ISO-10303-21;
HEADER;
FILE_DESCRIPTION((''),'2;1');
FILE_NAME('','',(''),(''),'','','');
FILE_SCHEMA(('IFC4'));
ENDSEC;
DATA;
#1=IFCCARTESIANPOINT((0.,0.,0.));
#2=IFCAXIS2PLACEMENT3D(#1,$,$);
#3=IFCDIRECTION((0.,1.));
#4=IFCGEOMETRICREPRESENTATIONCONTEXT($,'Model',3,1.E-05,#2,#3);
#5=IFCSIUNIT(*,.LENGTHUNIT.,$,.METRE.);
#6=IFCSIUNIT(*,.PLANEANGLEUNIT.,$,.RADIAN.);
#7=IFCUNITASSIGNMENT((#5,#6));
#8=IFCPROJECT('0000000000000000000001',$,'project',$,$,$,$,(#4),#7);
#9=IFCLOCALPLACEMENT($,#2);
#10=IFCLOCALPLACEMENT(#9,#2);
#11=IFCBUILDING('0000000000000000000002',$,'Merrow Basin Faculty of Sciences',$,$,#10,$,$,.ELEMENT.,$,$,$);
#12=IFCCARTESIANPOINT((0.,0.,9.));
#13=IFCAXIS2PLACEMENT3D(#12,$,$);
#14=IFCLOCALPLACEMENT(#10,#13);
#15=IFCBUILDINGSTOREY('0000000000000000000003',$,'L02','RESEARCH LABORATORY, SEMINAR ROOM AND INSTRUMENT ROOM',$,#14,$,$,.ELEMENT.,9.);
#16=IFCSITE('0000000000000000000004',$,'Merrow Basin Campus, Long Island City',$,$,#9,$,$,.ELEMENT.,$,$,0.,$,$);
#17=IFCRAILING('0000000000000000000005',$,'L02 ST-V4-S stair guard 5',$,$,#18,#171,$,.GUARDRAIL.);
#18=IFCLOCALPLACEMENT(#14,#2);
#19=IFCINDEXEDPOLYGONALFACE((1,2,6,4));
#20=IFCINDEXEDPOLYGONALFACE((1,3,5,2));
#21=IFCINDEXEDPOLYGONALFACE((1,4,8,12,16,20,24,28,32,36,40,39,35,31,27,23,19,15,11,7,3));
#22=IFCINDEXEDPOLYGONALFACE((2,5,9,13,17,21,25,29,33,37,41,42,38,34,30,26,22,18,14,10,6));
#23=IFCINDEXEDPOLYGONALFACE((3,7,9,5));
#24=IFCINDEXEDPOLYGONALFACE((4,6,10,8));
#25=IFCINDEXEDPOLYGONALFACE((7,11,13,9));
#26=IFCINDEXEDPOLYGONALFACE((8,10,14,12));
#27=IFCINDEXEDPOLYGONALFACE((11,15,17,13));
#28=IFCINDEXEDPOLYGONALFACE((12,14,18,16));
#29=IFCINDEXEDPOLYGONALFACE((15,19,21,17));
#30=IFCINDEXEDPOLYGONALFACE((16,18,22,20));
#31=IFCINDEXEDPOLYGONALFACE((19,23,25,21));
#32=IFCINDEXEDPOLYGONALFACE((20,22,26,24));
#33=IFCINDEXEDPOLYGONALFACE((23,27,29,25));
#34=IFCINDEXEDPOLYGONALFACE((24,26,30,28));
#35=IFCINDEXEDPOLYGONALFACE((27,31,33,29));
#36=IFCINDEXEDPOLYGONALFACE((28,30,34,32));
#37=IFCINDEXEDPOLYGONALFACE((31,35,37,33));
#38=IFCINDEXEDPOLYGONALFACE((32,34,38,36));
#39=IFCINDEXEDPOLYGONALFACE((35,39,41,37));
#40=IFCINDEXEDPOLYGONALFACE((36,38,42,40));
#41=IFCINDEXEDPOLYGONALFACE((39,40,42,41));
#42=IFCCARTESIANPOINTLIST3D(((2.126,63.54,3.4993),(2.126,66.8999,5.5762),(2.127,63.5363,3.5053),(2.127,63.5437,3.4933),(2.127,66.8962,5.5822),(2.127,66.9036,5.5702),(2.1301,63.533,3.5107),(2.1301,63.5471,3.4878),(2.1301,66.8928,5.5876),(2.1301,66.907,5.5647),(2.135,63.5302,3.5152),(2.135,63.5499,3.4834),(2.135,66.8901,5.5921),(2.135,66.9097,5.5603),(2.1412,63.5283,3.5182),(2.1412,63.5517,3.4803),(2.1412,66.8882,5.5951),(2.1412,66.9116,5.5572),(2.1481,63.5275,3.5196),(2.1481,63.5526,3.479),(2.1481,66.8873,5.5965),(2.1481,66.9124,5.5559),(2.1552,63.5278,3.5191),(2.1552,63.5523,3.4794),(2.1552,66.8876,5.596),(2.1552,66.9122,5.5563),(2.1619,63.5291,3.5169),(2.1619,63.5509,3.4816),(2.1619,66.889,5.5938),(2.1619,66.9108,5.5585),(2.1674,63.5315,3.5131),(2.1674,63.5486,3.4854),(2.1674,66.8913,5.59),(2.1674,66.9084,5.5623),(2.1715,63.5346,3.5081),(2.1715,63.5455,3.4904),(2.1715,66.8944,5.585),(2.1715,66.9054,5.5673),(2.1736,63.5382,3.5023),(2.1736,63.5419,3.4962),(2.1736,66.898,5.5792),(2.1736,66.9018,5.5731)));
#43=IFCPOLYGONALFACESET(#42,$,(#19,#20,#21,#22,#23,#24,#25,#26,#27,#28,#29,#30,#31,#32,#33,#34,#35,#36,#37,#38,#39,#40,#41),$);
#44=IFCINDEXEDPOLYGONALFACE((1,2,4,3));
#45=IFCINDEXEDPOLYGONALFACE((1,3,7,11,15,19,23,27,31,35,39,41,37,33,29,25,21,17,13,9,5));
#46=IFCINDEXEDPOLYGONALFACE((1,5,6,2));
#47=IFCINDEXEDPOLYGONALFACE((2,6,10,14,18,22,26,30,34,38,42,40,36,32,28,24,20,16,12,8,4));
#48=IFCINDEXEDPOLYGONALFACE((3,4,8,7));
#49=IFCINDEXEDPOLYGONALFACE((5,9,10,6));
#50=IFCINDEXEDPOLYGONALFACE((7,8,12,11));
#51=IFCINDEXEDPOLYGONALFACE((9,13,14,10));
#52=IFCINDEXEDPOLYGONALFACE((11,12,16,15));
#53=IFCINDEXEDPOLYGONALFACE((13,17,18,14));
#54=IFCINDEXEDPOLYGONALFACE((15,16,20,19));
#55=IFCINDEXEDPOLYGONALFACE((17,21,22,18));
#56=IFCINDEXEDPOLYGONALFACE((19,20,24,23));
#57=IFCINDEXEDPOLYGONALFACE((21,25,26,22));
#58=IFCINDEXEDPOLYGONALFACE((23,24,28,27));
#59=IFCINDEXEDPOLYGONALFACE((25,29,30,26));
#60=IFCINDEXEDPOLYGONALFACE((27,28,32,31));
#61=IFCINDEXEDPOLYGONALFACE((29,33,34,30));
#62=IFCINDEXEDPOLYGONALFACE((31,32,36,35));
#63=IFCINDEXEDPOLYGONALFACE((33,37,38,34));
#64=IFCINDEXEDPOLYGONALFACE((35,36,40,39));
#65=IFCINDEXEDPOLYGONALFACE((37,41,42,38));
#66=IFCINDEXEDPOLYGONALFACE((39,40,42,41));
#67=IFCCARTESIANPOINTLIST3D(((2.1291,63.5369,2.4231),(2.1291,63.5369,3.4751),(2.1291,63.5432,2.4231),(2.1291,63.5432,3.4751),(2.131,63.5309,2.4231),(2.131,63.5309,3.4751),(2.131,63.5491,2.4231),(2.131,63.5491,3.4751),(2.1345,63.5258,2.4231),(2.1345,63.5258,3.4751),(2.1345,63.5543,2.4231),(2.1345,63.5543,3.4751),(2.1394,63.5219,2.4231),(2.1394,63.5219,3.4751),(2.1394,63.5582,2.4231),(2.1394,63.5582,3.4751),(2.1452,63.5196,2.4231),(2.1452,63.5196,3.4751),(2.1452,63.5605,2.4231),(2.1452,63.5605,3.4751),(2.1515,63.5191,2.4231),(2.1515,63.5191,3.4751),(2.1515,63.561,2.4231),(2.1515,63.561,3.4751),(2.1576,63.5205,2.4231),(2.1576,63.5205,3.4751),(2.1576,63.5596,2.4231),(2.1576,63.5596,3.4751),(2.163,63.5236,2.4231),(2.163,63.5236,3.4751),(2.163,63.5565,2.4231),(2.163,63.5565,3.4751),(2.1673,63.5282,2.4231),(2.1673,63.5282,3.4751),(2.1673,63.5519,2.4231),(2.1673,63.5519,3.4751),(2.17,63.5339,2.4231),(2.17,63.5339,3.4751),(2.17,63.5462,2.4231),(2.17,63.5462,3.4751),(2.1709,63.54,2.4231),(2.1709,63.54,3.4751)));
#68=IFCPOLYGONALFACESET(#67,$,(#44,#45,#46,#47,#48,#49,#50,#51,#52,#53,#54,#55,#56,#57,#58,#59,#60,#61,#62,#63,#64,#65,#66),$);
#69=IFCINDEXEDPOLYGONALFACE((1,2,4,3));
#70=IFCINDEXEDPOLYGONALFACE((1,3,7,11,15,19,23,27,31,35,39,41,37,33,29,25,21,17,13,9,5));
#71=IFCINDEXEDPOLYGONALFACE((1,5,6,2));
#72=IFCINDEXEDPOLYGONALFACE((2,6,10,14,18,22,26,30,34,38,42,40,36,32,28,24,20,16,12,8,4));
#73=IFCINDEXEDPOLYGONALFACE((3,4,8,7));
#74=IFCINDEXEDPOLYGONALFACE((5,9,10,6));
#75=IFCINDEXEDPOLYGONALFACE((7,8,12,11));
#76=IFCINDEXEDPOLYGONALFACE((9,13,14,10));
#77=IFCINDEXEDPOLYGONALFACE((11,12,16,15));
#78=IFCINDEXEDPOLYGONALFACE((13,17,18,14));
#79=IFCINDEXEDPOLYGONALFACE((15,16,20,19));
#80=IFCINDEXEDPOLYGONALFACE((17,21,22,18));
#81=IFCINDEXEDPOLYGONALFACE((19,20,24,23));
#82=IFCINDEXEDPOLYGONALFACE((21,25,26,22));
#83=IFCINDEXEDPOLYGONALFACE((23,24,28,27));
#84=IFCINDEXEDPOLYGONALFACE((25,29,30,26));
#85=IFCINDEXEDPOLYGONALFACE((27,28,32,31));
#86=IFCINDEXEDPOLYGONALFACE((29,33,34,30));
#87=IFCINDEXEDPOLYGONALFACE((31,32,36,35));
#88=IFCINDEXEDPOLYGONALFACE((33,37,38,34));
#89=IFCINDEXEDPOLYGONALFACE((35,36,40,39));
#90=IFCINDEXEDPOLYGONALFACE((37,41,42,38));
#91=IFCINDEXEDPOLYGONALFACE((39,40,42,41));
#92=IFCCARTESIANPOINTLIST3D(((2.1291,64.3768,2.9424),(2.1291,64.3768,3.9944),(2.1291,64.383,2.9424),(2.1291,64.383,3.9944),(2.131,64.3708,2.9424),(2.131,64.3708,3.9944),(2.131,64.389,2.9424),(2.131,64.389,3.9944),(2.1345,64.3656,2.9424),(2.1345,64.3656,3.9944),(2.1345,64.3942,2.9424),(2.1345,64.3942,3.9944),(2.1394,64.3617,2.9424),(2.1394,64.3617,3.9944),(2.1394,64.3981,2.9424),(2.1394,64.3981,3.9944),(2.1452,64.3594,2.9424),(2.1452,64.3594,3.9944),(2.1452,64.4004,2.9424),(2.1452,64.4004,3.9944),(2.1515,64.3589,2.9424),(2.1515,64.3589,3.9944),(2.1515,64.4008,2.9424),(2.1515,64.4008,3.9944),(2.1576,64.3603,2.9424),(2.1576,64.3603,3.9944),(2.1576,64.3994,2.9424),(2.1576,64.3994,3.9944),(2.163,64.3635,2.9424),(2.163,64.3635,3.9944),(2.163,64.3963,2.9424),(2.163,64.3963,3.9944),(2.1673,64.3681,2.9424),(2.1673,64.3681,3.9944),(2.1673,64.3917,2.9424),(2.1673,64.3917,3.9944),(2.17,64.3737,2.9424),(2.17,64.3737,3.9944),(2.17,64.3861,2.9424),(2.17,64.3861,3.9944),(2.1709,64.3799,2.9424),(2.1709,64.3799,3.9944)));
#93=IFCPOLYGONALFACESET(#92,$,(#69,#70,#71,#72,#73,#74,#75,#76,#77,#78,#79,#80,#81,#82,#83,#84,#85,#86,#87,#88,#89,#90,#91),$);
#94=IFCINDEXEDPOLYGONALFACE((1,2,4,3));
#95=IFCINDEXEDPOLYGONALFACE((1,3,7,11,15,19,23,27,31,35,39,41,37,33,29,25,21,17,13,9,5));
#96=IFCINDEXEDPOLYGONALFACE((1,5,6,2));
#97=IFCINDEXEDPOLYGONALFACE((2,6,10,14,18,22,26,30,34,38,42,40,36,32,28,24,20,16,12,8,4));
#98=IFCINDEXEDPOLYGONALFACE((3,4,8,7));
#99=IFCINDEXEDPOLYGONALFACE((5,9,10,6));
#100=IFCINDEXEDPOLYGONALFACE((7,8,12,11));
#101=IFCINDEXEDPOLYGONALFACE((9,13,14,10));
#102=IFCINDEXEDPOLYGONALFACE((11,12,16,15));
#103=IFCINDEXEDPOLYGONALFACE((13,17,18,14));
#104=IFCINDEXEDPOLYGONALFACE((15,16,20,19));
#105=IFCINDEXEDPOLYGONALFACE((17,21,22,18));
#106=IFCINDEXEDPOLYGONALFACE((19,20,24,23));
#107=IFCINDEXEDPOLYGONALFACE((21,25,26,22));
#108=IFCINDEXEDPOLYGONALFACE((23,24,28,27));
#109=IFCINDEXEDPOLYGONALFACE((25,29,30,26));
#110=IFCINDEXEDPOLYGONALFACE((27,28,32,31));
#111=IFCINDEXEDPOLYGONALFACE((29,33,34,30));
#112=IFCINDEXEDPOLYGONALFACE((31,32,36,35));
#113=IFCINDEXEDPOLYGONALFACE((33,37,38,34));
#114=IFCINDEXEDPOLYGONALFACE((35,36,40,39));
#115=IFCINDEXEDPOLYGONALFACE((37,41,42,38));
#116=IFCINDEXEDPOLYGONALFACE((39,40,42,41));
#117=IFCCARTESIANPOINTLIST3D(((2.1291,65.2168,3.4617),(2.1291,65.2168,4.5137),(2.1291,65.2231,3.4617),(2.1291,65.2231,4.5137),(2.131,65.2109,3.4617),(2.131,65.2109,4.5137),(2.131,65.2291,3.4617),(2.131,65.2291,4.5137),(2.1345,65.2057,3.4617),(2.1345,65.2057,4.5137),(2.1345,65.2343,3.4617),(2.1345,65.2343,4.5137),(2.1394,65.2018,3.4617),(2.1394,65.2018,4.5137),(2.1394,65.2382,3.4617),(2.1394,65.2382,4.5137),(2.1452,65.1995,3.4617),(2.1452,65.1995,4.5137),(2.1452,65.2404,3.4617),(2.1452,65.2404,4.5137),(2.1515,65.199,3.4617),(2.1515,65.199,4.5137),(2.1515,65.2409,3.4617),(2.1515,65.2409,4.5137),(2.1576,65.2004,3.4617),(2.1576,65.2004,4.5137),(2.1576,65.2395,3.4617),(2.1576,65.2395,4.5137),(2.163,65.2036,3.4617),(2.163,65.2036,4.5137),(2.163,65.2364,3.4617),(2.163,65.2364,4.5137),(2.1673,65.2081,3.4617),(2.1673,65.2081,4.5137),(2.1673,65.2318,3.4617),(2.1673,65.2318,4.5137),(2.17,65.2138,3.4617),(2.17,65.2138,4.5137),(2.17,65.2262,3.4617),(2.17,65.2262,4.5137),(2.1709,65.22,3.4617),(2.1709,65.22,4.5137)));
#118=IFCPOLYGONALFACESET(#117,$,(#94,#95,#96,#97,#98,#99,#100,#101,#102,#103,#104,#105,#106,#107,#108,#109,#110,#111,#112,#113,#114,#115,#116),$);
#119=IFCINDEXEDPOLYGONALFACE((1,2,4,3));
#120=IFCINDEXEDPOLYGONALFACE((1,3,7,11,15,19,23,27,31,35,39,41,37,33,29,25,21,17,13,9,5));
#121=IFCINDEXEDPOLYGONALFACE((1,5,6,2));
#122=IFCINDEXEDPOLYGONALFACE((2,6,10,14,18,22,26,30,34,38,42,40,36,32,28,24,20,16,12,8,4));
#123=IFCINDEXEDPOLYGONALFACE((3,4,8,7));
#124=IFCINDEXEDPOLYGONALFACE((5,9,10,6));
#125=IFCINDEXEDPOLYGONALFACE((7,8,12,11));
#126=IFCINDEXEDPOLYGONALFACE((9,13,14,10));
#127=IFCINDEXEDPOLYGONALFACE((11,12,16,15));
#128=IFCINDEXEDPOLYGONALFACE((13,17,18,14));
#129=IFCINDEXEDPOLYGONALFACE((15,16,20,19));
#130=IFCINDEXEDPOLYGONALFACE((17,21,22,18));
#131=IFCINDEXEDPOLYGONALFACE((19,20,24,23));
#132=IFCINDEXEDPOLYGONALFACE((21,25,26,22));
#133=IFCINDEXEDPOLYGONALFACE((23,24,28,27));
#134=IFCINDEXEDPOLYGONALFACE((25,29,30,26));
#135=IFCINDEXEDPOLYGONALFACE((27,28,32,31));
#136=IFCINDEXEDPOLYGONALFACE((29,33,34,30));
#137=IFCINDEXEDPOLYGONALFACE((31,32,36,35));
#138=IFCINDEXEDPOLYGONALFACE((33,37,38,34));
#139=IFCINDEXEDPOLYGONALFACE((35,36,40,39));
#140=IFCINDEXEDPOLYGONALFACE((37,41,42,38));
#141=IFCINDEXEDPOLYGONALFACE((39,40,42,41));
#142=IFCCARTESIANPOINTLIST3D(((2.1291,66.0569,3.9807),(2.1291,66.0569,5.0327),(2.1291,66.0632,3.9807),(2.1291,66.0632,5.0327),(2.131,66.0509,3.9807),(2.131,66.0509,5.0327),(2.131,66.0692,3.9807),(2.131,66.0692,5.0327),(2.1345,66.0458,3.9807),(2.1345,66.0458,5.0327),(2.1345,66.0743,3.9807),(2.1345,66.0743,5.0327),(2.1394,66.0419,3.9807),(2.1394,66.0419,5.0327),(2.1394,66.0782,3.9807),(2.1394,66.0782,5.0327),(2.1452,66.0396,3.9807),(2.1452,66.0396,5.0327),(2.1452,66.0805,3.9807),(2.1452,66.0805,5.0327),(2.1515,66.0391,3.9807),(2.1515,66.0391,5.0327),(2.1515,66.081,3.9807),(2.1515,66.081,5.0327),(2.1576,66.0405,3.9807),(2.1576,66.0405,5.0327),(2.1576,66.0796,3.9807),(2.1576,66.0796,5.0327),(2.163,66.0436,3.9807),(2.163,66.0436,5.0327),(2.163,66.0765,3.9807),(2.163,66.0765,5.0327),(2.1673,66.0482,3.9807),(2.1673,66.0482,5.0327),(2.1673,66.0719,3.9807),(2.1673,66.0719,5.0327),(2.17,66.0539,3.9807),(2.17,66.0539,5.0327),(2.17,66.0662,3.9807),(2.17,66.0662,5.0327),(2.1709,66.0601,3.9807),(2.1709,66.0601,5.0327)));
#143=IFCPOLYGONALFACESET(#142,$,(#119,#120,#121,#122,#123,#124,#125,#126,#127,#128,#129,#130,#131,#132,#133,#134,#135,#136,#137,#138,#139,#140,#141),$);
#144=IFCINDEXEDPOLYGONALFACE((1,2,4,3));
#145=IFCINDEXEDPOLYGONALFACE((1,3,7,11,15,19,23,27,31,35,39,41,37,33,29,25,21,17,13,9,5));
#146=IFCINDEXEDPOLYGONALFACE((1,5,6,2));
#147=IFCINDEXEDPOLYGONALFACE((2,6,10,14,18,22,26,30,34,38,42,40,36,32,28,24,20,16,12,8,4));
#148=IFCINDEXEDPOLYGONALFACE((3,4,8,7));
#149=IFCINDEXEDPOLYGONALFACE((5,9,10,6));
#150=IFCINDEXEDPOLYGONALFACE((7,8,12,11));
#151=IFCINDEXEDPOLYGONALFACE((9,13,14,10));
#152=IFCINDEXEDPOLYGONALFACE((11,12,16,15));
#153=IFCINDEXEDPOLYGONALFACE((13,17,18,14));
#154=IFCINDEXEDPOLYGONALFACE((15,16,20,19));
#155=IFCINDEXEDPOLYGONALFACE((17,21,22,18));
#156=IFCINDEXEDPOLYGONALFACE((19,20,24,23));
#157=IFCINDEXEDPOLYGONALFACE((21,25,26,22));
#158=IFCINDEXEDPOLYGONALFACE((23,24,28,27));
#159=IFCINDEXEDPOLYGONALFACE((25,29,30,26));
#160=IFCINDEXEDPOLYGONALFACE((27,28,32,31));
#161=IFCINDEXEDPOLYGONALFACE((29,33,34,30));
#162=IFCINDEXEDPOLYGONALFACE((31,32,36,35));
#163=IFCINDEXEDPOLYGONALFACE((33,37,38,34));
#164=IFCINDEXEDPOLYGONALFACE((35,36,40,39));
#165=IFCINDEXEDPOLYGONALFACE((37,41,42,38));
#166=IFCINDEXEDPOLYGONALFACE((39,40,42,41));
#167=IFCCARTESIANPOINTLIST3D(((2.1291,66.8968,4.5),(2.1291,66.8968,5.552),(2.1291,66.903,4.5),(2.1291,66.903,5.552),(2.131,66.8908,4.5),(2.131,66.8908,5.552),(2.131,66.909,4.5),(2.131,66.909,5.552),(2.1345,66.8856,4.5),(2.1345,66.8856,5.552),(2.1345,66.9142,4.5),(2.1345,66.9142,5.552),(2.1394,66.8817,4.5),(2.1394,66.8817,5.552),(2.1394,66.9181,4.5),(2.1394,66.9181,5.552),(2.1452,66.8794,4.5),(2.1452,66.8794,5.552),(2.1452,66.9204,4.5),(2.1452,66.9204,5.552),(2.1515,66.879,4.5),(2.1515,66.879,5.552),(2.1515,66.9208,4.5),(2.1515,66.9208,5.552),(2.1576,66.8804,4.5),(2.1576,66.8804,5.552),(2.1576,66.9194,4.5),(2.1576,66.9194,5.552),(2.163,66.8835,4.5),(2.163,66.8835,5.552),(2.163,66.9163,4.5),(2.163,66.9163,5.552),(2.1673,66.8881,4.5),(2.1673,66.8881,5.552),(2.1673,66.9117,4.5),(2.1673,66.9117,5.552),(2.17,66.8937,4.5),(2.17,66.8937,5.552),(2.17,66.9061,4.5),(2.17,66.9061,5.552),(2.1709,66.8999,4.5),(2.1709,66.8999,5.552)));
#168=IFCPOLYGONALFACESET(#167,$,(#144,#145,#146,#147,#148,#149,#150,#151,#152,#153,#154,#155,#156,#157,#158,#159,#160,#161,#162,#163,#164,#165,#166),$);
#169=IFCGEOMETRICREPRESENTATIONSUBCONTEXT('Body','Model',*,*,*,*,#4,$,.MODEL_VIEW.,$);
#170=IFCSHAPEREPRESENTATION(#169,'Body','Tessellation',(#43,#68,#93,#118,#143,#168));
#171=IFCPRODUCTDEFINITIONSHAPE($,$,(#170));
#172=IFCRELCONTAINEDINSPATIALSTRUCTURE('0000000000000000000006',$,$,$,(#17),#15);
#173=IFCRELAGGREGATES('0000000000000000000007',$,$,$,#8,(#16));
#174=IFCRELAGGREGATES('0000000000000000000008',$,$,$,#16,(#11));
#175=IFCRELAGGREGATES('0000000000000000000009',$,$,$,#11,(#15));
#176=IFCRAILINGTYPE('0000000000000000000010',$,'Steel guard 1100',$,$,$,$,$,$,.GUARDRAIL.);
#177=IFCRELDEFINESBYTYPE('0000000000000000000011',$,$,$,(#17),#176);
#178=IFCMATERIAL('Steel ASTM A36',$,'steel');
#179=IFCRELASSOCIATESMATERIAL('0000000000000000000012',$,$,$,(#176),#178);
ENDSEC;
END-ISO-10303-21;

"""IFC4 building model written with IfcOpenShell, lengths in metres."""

from ifc_helpers import new_model, si_unit, direction, frame, origin, origin_2d, place, context, subcontext, project, spatial, circle, extrude, material, type_object, element, save


model = new_model("IFC4")

# Units and contexts
model_context = context("Model", 3, precision=1e-05, world=origin(), true_north=direction((0.0, 1.0)))
body_context = subcontext(model_context, "Body", "Model", "MODEL_VIEW")
ifc_project = project(units=[si_unit("LENGTHUNIT", "METRE"), si_unit("PLANEANGLEUNIT", "RADIAN")], contexts=[model_context])

# Site, building, storey
site_placement = place(None, origin())
site = spatial("IfcSite", under=ifc_project, at=site_placement, Name="Merrow Basin Campus, Long Island City", CompositionType="ELEMENT", RefElevation=0.0)
building_placement = place(site_placement, origin())
building = spatial("IfcBuilding", under=site, at=building_placement, Name="Merrow Basin Faculty of Sciences", CompositionType="ELEMENT")
storey_placement = place(building_placement, frame((0.0, 0.0, 9.0)))
storey = spatial("IfcBuildingStorey", under=building, at=storey_placement, Name="L02", Description="RESEARCH LABORATORY, SEMINAR ROOM AND INSTRUMENT ROOM", CompositionType="ELEMENT", Elevation=9.0)

# Railing
ifc_material_1 = material(Name="Steel ASTM A36", Category="steel")
railing_type_1 = type_object("IfcRailingType", Name="Steel guard 1100", PredefinedType="GUARDRAIL", material=ifc_material_1)
railing_1_placement = place(storey_placement, frame((2.1499, 63.54, 2.4231)))
element("IfcRailing", 1, at=railing_1_placement, inside=storey, type_object=railing_type_1, Name="L02 ST-V4-S stair guard 5", PredefinedType="GUARDRAIL", context=body_context, shape_type="SweptSolid", body=[
    extrude(circle(Radius=0.0239, at=origin_2d()), frame((0.0, 0.0, 1.0762), z_axis=(0.0, 0.850606, 0.525803), x_axis=(-1.0, 0.0, 0.0)), (0.0, 0.0, 1.0), 3.95),
    extrude(circle(Radius=0.021, at=origin_2d()), origin(), (0.0, 0.0, 1.0), 1.052),
    extrude(circle(Radius=0.021, at=origin_2d()), frame((0.0, 0.8398, 0.5193)), (0.0, 0.0, 1.0), 1.052),
    extrude(circle(Radius=0.021, at=origin_2d()), frame((0.0, 1.6799, 1.0386)), (0.0, 0.0, 1.0), 1.052),
    extrude(circle(Radius=0.021, at=origin_2d()), frame((0.0, 2.52, 1.5576)), (0.0, 0.0, 1.0), 1.052),
    extrude(circle(Radius=0.021, at=origin_2d()), frame((0.0, 3.3599, 2.0769)), (0.0, 0.0, 1.0), 1.052),
])

save(model, "model.ifc")
